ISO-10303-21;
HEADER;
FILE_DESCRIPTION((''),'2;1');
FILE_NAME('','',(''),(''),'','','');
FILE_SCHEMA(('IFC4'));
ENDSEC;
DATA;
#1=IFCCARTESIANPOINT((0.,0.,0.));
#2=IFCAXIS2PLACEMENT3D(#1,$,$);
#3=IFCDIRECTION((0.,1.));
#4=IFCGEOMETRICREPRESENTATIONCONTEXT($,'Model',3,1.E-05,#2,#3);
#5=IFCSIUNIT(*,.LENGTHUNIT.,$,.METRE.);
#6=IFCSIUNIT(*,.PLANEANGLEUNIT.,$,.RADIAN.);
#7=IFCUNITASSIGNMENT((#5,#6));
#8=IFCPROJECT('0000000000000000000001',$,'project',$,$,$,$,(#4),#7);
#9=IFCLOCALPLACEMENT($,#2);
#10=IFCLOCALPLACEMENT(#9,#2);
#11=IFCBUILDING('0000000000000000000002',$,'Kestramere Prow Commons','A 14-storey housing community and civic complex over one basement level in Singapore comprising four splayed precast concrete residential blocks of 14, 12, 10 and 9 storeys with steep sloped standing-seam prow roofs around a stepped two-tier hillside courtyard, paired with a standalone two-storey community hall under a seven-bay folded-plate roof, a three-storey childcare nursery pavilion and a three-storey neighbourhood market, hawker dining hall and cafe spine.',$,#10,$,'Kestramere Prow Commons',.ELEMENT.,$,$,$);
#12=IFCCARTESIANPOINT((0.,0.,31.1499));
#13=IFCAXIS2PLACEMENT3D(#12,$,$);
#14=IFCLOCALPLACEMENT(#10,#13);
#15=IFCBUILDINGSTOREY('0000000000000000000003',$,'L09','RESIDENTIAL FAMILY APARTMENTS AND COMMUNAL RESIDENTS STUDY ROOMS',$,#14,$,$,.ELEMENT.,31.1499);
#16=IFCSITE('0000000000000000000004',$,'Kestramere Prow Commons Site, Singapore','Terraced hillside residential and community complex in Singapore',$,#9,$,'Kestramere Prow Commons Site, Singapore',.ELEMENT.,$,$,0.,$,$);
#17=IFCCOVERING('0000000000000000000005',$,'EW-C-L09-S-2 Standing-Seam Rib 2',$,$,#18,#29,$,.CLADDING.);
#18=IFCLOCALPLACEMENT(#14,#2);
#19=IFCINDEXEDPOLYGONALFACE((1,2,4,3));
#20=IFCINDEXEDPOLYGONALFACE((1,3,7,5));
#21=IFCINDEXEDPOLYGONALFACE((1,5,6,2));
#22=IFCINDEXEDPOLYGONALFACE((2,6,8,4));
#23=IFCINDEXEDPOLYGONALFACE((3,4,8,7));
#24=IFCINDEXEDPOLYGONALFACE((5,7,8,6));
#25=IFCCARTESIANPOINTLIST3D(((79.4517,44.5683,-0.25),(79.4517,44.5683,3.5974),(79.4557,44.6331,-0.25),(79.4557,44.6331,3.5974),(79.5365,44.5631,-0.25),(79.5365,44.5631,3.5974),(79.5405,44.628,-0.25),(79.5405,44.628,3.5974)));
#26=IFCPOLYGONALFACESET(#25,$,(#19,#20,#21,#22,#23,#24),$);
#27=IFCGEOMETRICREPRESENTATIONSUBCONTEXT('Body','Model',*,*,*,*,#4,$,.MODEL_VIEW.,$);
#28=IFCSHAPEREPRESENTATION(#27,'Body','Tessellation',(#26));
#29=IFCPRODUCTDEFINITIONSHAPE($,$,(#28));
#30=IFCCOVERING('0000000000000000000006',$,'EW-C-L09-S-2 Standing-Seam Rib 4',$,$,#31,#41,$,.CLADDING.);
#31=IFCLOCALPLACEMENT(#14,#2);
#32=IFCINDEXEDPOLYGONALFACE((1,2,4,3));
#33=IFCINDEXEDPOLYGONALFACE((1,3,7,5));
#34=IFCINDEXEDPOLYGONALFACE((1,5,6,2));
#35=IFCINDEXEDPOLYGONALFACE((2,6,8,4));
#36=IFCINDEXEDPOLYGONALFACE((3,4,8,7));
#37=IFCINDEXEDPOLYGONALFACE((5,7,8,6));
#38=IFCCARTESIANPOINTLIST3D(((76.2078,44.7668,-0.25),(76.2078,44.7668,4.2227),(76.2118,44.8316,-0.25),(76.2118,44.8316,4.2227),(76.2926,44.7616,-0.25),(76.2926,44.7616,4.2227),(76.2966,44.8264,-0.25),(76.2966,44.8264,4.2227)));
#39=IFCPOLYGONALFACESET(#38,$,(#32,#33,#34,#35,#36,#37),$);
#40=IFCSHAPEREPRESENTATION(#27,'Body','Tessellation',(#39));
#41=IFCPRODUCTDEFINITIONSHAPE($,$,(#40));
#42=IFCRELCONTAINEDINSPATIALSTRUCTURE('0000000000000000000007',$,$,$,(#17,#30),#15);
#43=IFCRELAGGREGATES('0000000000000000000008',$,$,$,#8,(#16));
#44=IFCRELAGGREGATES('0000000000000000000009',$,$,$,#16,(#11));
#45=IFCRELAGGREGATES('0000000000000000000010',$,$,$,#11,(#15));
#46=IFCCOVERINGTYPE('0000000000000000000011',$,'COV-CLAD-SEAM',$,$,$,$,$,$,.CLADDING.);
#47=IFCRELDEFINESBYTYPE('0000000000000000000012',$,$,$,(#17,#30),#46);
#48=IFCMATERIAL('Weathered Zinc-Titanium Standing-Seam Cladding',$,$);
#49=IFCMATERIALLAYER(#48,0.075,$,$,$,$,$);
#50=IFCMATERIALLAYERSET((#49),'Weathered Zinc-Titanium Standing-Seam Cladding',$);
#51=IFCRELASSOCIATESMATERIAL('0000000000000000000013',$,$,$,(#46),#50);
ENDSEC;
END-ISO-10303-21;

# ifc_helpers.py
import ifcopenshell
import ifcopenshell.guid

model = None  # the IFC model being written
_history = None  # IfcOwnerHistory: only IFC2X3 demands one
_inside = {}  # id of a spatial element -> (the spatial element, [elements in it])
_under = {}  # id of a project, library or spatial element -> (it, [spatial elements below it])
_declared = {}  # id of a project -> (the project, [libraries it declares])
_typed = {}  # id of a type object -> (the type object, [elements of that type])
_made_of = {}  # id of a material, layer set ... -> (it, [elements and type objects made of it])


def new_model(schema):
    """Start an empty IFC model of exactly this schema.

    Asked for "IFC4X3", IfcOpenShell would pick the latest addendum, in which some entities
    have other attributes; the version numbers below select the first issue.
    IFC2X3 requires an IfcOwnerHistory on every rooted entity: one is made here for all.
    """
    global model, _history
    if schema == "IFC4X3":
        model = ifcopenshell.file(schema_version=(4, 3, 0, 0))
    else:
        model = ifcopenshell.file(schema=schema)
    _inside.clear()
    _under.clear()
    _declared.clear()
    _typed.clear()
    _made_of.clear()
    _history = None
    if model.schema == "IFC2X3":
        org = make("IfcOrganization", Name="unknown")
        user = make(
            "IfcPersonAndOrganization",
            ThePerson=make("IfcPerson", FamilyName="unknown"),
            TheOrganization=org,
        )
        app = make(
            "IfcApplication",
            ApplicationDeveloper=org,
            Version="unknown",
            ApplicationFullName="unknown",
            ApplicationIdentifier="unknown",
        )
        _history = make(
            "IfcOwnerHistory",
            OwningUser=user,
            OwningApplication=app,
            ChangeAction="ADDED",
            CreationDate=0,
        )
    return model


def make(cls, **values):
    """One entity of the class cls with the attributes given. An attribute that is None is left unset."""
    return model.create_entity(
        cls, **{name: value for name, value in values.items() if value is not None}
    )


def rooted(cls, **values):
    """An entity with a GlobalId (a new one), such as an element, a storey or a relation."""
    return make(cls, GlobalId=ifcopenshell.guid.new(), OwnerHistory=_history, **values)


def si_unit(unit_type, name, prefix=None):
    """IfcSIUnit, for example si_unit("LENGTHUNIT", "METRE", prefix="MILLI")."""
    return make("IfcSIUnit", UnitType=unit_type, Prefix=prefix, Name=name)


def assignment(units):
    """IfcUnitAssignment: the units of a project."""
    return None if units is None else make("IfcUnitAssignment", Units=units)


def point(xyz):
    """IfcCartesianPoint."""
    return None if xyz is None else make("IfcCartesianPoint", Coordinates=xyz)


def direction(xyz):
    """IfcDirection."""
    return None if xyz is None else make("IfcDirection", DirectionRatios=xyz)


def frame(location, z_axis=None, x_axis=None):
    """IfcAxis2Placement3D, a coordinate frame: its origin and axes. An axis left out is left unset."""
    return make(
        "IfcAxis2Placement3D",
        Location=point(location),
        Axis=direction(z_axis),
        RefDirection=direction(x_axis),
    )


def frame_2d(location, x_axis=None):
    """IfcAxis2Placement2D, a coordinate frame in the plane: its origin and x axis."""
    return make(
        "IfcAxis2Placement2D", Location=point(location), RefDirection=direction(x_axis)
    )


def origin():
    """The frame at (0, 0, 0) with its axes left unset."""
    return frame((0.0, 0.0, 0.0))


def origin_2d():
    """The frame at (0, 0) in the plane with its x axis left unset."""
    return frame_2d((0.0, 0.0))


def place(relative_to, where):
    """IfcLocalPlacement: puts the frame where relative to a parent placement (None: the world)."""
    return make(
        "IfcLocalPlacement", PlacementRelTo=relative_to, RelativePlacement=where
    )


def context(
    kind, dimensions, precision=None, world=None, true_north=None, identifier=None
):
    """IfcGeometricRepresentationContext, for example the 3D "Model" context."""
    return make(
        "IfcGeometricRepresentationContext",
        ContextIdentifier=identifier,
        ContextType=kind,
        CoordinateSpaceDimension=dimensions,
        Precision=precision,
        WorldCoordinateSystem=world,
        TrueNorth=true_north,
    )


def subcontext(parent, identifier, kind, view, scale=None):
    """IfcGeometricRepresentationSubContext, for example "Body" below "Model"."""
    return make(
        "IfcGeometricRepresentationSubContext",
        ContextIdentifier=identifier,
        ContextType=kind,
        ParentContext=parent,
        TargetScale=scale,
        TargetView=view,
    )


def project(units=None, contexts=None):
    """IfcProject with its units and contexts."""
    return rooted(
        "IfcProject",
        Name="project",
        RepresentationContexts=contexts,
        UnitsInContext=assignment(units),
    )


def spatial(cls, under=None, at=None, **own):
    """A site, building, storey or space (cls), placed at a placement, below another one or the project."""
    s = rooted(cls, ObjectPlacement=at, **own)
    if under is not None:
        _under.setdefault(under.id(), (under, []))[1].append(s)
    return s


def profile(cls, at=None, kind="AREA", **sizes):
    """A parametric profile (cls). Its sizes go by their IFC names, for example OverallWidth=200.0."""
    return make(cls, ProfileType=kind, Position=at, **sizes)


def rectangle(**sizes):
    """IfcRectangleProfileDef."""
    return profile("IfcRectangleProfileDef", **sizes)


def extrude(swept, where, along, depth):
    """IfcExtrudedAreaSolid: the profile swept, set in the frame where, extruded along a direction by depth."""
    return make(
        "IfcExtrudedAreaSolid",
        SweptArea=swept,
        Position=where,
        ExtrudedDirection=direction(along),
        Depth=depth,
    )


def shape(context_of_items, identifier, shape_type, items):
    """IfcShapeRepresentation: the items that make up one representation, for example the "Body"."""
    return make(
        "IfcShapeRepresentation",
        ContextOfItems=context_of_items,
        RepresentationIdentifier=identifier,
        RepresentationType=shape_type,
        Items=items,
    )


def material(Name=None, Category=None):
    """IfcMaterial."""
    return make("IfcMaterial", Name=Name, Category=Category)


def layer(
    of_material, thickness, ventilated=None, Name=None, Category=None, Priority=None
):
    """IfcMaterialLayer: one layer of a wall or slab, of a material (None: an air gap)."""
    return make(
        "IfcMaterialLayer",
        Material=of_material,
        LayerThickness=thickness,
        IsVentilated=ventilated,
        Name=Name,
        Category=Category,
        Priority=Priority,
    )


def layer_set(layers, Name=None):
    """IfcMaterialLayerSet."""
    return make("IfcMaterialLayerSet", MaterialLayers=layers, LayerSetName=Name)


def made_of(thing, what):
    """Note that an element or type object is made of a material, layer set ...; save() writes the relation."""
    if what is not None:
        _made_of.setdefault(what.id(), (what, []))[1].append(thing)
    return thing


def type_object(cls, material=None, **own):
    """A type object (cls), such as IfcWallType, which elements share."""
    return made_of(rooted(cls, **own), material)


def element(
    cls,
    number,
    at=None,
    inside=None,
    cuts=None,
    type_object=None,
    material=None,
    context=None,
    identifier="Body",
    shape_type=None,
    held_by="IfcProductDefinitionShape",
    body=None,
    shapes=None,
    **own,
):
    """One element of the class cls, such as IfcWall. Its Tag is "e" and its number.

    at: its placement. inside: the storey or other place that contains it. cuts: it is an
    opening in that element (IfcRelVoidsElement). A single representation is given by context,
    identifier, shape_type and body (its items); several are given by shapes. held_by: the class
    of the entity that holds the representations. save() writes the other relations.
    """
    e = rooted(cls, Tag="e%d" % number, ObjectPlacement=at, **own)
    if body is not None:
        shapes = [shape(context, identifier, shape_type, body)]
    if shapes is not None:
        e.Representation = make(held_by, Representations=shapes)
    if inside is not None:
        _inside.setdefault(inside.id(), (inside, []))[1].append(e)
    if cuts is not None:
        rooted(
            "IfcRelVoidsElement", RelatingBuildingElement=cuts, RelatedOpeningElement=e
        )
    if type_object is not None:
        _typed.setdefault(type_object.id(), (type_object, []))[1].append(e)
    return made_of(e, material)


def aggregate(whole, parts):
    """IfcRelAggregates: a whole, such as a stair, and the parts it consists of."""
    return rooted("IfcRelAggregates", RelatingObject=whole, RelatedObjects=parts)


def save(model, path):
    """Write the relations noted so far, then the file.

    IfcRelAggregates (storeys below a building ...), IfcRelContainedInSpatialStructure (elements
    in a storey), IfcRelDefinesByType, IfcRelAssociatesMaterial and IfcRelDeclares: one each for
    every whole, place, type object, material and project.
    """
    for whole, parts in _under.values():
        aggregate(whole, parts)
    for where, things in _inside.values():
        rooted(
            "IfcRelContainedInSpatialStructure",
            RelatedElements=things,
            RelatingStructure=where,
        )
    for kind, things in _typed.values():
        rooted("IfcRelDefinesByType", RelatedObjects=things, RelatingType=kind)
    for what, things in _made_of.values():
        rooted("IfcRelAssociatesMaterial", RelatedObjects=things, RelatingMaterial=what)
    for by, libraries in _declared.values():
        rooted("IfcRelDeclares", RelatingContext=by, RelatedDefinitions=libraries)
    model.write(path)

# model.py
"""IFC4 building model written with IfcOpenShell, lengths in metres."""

from ifc_helpers import new_model, si_unit, direction, frame, origin, origin_2d, place, context, subcontext, project, spatial, rectangle, extrude, material, layer, layer_set, type_object, element, save


model = new_model("IFC4")

# Units and contexts
model_context = context("Model", 3, precision=1e-05, world=origin(), true_north=direction((0.0, 1.0)))
body_context = subcontext(model_context, "Body", "Model", "MODEL_VIEW")
ifc_project = project(units=[si_unit("LENGTHUNIT", "METRE"), si_unit("PLANEANGLEUNIT", "RADIAN")], contexts=[model_context])

# Site, building, storey
site_placement = place(None, origin())
site = spatial("IfcSite", under=ifc_project, at=site_placement, Name="Kestramere Prow Commons Site, Singapore", Description="Terraced hillside residential and community complex in Singapore", LongName="Kestramere Prow Commons Site, Singapore", CompositionType="ELEMENT", RefElevation=0.0)
building_placement = place(site_placement, origin())
building = spatial("IfcBuilding", under=site, at=building_placement, Name="Kestramere Prow Commons", Description="A 14-storey housing community and civic complex over one basement level in Singapore comprising four splayed precast concrete residential blocks of 14, 12, 10 and 9 storeys with steep sloped standing-seam prow roofs around a stepped two-tier hillside courtyard, paired with a standalone two-storey community hall under a seven-bay folded-plate roof, a three-storey childcare nursery pavilion and a three-storey neighbourhood market, hawker dining hall and cafe spine.", LongName="Kestramere Prow Commons", CompositionType="ELEMENT")
storey_placement = place(building_placement, frame((0.0, 0.0, 31.1499)))
storey = spatial("IfcBuildingStorey", under=building, at=storey_placement, Name="L09", Description="RESIDENTIAL FAMILY APARTMENTS AND COMMUNAL RESIDENTS STUDY ROOMS", CompositionType="ELEMENT", Elevation=31.1499)

# Coverings
ifc_material_1 = material(Name="Weathered Zinc-Titanium Standing-Seam Cladding")
ifc_layer_1 = layer(ifc_material_1, 0.075)
ifc_layer_set_1 = layer_set([ifc_layer_1], Name="Weathered Zinc-Titanium Standing-Seam Cladding")
covering_type = type_object("IfcCoveringType", Name="COV-CLAD-SEAM", PredefinedType="CLADDING", material=ifc_layer_set_1)
covering_1_placement = place(storey_placement, frame((79.4961, 44.5981, -0.25), z_axis=(0.0, 0.0, 1.0), x_axis=(-0.998135, 0.061049, 0.0)))
element("IfcCovering", 1, at=covering_1_placement, inside=storey, type_object=covering_type, Name="EW-C-L09-S-2 Standing-Seam Rib 2", PredefinedType="CLADDING", context=body_context, shape_type="SweptSolid", body=[
    extrude(rectangle(XDim=0.085, YDim=0.0649, at=origin_2d()), origin(), (0.0, 0.0, 1.0), 3.8474),
])
covering_2_placement = place(storey_placement, frame((76.2522, 44.7966, -0.25), z_axis=(0.0, 0.0, 1.0), x_axis=(-0.998135, 0.061049, 0.0)))
element("IfcCovering", 2, at=covering_2_placement, inside=storey, type_object=covering_type, Name="EW-C-L09-S-2 Standing-Seam Rib 4", PredefinedType="CLADDING", context=body_context, shape_type="SweptSolid", body=[
    extrude(rectangle(XDim=0.085, YDim=0.0649, at=origin_2d()), origin(), (0.0, 0.0, 1.0), 4.4727),
])

save(model, "model.ifc")
